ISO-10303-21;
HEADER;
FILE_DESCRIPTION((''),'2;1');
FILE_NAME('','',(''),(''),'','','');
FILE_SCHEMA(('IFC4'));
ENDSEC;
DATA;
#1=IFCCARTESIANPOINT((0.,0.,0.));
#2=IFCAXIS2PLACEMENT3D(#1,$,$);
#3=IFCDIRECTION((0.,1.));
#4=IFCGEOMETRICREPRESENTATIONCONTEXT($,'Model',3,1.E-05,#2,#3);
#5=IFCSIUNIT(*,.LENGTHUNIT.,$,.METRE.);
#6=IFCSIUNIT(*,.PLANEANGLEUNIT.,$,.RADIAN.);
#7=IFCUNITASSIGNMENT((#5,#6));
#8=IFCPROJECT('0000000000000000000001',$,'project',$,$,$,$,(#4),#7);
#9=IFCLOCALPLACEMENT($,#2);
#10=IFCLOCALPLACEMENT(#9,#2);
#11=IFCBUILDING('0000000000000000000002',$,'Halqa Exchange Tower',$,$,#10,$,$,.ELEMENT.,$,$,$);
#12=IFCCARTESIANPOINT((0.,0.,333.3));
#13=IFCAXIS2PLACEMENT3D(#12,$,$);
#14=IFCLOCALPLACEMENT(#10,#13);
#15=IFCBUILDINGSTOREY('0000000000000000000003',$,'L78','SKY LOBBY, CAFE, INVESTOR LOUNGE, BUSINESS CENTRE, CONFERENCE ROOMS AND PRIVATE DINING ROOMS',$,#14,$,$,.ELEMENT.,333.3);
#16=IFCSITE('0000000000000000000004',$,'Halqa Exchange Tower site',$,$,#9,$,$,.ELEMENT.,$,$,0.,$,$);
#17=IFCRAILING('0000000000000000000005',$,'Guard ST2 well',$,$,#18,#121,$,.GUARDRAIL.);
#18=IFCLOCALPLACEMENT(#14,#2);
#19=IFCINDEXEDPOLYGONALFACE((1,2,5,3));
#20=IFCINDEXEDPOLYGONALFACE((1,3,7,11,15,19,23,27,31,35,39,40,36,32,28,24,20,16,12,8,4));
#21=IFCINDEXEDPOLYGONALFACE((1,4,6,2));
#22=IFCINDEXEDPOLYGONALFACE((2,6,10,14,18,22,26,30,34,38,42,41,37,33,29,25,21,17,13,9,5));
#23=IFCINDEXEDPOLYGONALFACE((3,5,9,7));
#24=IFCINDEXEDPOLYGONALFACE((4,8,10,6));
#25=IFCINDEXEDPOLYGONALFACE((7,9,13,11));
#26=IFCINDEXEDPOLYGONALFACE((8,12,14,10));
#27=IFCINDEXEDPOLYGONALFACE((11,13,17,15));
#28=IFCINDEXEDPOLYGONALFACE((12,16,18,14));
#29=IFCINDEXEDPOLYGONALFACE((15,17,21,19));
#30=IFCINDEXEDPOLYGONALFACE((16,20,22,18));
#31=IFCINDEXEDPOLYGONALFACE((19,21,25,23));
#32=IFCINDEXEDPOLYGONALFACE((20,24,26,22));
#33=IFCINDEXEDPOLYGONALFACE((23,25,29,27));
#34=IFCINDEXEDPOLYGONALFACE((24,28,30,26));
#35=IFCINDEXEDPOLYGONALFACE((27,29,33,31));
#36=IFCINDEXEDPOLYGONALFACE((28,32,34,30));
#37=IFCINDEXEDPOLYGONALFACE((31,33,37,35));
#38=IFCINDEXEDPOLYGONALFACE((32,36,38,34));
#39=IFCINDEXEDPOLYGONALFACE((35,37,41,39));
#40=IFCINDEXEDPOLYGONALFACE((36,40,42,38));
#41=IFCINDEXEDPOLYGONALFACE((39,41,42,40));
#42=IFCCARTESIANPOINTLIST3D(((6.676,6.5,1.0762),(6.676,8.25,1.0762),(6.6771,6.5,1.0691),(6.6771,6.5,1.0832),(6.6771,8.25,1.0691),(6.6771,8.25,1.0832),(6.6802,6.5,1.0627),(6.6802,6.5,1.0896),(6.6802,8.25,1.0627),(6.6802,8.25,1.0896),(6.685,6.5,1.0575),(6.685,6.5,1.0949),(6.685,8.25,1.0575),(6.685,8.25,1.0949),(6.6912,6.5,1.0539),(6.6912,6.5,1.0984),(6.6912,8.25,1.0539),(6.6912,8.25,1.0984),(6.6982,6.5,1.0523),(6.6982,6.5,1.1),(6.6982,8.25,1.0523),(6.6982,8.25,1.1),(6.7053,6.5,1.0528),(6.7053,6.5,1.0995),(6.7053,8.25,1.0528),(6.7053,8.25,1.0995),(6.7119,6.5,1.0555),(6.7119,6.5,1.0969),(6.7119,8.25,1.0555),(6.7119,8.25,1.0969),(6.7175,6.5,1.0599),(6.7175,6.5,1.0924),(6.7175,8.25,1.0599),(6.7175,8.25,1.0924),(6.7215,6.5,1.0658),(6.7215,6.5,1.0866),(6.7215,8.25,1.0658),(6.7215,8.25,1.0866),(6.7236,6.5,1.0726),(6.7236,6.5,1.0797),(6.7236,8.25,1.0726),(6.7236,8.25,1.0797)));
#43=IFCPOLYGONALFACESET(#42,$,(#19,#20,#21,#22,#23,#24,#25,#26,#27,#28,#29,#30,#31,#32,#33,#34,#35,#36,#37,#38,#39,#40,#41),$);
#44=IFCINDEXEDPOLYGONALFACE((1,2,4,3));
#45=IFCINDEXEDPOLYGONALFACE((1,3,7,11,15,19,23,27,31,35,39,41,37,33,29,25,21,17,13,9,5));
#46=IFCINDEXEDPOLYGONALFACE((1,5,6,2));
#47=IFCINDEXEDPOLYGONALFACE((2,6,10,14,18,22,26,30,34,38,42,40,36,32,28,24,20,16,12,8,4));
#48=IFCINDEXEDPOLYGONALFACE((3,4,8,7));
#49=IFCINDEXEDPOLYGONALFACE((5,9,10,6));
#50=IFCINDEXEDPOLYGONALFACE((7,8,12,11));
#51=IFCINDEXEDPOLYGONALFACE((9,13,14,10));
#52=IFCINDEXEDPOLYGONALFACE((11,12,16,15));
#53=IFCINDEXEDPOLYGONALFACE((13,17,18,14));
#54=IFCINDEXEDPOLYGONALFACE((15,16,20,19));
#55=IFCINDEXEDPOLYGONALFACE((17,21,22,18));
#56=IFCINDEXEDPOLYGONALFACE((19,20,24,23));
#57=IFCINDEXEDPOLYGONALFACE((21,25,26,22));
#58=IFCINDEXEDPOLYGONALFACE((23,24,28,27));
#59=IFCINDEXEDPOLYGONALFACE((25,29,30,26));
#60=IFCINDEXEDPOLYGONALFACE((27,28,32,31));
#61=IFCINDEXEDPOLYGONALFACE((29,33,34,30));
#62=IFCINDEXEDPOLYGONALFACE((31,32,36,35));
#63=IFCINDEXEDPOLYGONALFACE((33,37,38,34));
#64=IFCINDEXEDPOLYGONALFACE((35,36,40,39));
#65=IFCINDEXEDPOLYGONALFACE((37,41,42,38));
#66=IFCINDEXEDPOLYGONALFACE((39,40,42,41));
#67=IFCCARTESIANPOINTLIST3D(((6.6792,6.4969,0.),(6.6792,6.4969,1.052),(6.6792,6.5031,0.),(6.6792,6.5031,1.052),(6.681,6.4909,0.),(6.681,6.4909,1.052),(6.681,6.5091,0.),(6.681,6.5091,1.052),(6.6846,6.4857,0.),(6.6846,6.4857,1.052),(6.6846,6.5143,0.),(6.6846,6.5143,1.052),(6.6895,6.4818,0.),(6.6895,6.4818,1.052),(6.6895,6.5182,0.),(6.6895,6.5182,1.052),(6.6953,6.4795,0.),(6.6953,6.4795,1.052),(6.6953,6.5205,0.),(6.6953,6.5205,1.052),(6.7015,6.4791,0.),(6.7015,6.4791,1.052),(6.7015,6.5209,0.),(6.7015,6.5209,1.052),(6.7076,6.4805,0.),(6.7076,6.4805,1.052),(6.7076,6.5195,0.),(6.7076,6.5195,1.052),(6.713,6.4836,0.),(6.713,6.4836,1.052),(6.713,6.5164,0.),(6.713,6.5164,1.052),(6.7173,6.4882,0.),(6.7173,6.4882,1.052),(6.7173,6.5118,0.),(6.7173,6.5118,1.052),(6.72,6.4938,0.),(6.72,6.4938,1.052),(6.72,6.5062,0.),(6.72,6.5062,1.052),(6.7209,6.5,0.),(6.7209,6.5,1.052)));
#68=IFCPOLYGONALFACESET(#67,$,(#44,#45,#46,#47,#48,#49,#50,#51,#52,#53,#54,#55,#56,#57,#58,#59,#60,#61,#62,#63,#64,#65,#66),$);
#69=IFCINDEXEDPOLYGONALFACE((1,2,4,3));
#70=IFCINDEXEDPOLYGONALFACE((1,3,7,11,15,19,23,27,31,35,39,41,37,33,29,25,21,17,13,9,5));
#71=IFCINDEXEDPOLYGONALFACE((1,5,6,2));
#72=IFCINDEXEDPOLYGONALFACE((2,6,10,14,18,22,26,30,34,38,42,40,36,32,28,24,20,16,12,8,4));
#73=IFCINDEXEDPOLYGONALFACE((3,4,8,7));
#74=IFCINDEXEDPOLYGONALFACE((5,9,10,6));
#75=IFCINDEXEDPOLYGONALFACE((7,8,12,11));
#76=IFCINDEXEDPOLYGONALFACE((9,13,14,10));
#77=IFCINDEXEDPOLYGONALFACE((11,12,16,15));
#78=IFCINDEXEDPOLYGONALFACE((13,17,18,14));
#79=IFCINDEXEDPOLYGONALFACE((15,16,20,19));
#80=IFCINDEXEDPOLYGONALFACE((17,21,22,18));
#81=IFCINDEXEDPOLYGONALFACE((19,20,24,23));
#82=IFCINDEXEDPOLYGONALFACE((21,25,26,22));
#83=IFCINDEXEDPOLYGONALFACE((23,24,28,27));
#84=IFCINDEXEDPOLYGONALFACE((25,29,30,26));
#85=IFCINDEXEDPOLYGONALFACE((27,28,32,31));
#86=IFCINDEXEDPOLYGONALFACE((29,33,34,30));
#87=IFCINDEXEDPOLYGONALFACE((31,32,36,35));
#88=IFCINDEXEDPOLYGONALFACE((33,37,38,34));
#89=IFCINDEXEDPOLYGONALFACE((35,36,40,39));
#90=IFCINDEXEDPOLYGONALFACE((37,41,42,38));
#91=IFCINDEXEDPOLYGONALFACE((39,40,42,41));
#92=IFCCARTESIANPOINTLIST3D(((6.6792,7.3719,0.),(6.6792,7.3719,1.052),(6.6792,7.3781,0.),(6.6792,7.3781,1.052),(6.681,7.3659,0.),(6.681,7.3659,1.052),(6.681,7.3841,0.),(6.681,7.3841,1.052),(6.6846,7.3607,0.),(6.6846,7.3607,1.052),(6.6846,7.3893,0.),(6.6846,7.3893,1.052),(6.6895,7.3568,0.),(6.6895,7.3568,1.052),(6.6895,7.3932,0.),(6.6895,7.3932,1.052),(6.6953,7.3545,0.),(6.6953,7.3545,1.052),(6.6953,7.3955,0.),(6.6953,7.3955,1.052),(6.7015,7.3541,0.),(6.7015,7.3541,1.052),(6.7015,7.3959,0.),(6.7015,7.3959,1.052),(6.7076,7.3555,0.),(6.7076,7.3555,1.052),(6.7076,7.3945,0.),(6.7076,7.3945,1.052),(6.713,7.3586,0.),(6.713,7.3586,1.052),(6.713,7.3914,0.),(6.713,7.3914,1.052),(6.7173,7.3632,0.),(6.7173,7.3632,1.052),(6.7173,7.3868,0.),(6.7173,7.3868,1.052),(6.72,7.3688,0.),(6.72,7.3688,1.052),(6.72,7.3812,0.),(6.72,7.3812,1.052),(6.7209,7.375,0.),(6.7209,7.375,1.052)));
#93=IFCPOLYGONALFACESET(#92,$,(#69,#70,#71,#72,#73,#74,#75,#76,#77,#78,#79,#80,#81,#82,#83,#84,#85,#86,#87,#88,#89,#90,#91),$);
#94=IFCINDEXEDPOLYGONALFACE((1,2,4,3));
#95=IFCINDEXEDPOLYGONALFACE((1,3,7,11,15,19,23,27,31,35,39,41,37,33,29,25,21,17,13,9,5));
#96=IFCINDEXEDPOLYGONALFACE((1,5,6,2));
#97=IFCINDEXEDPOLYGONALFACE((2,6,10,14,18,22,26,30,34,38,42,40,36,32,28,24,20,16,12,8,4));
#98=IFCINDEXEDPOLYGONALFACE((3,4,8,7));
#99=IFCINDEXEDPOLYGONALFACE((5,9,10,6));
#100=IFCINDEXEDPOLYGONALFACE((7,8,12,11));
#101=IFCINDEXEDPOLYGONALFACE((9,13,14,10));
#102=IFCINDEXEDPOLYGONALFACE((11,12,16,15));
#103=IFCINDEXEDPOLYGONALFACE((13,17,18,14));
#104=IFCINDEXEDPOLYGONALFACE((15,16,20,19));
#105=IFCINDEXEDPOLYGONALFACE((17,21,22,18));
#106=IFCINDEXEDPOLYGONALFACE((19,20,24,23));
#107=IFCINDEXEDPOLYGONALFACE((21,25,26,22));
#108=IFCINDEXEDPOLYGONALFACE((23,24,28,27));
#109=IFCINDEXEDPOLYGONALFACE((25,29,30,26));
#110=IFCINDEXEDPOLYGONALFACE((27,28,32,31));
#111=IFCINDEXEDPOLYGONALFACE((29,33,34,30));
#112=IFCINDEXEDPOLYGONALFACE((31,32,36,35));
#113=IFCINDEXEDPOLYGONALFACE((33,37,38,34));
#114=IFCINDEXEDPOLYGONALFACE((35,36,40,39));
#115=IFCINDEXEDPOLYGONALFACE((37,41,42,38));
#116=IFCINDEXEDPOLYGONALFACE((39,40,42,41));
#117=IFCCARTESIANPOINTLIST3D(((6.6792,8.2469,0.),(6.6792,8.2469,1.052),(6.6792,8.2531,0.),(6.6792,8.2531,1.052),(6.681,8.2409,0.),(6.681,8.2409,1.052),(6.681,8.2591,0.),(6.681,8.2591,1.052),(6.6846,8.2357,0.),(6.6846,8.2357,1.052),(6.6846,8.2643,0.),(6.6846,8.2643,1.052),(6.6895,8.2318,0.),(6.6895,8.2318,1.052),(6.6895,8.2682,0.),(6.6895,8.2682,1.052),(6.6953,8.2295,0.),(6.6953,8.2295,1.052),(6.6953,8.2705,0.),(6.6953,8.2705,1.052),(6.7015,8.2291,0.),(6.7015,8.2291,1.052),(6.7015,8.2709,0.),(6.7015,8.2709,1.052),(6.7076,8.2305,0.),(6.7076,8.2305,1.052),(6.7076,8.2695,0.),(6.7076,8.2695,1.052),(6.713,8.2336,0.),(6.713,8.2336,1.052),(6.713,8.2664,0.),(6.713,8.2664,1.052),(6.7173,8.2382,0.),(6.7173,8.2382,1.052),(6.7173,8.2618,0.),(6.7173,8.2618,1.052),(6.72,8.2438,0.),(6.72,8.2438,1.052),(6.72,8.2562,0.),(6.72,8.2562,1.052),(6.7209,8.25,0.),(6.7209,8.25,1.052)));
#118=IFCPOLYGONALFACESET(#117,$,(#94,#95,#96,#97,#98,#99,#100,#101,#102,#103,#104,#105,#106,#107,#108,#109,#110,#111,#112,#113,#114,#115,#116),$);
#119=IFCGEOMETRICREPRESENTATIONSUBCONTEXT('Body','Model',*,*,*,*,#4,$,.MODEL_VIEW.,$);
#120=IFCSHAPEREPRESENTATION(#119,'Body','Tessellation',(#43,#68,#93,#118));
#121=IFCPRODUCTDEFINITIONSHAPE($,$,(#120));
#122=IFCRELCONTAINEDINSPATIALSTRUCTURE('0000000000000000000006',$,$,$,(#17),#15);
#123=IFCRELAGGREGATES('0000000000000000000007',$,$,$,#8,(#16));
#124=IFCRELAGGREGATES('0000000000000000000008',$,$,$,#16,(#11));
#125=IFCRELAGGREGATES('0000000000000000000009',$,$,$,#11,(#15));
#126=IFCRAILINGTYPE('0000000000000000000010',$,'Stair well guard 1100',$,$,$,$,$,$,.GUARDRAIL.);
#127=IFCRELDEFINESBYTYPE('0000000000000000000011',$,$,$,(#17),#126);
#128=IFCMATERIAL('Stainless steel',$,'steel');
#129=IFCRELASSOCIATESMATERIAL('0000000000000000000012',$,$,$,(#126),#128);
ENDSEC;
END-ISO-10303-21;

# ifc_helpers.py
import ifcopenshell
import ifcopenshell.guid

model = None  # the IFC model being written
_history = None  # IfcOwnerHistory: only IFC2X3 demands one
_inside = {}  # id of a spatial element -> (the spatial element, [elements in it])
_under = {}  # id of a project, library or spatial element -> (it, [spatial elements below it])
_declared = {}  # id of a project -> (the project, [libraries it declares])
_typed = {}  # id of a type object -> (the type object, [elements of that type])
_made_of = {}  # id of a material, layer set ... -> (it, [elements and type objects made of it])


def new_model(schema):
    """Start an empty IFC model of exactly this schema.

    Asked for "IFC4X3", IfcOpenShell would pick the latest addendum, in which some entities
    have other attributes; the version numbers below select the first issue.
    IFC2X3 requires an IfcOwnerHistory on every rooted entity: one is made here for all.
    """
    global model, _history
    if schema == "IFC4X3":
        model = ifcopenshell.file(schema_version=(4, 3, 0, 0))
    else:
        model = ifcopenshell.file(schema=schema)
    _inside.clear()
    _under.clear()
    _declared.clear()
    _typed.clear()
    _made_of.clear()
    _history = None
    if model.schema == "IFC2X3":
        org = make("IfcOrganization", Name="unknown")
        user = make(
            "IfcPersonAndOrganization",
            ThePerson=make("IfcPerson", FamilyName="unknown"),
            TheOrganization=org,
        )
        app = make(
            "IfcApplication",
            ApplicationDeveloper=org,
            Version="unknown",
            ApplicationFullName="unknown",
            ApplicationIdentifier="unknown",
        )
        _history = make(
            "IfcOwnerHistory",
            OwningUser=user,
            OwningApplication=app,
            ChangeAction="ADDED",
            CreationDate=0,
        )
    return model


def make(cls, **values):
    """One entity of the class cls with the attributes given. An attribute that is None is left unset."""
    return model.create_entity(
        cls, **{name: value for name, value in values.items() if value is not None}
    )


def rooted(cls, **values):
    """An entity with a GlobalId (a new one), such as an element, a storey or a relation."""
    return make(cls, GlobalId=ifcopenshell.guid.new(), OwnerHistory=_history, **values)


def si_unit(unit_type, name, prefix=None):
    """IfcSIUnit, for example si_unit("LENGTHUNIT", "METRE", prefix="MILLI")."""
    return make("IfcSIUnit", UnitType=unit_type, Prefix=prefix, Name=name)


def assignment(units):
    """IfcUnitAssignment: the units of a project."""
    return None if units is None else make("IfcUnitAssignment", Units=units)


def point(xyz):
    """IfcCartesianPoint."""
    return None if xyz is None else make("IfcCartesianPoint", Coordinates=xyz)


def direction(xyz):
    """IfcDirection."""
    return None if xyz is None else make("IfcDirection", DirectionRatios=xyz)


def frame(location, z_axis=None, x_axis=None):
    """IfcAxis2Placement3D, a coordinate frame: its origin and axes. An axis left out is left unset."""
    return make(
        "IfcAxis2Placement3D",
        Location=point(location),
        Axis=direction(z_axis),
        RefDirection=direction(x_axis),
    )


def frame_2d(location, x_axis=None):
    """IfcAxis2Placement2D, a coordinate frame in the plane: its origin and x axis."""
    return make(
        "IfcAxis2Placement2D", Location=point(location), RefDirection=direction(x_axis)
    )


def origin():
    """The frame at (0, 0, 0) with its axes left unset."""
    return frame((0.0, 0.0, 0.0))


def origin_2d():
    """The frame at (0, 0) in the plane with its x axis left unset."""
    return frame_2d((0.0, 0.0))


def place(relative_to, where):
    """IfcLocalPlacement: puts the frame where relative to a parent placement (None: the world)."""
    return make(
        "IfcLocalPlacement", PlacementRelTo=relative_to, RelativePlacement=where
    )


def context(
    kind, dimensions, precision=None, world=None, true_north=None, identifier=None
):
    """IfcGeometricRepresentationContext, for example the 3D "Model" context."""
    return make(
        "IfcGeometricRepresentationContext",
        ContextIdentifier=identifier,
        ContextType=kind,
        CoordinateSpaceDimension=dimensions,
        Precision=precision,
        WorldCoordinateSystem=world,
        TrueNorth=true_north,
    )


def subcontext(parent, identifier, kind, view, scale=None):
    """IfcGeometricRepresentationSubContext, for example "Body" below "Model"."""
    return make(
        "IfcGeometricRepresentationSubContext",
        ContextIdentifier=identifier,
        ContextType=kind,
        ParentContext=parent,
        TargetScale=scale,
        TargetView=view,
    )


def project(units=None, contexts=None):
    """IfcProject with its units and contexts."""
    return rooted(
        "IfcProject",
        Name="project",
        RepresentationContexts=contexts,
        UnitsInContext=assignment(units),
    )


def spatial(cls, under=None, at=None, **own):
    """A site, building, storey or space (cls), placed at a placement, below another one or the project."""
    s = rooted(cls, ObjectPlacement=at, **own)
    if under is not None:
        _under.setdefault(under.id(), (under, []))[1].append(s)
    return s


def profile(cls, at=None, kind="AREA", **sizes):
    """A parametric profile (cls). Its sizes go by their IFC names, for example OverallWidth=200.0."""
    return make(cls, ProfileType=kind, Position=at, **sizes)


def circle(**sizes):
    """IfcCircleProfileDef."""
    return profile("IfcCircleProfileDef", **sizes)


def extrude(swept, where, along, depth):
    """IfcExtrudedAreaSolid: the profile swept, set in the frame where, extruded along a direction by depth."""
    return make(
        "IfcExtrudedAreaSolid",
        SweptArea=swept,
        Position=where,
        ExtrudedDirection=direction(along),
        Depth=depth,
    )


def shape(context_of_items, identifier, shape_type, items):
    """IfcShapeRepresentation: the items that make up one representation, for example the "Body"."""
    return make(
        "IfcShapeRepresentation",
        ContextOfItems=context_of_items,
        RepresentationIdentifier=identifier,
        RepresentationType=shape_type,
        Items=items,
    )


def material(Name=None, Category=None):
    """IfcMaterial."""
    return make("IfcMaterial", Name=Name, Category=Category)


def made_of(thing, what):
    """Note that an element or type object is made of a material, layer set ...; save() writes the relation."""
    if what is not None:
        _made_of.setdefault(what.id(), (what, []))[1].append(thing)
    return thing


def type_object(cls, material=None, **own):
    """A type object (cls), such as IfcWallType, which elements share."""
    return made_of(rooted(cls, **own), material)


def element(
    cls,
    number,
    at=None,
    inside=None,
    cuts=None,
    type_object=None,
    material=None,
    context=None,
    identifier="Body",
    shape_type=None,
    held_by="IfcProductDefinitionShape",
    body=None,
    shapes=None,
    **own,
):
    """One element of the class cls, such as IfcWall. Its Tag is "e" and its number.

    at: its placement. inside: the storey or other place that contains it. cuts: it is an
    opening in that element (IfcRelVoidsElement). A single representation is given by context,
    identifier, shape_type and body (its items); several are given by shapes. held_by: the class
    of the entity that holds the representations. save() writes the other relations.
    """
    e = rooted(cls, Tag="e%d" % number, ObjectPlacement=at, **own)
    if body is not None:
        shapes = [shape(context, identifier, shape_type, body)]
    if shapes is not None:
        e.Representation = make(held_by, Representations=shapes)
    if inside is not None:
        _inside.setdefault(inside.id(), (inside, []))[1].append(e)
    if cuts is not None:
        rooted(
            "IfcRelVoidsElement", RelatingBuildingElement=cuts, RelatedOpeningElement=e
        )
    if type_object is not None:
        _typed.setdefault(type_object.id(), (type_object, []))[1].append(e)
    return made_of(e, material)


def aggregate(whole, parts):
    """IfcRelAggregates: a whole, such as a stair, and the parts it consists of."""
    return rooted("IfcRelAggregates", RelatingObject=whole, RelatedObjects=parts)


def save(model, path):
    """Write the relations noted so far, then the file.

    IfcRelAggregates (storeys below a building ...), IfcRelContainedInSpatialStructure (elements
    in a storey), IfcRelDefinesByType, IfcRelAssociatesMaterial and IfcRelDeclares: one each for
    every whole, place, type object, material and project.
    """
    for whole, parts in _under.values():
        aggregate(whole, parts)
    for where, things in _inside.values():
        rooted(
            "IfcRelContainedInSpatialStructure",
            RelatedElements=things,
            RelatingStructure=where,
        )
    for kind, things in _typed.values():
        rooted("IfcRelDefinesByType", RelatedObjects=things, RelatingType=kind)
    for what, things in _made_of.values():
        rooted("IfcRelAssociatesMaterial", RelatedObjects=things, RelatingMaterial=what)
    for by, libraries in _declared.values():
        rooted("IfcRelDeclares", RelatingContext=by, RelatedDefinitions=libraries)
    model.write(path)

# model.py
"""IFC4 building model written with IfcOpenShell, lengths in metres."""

from ifc_helpers import new_model, si_unit, direction, frame, origin, origin_2d, place, context, subcontext, project, spatial, circle, extrude, material, type_object, element, save


model = new_model("IFC4")

# Units and contexts
model_context = context("Model", 3, precision=1e-05, world=origin(), true_north=direction((0.0, 1.0)))
body_context = subcontext(model_context, "Body", "Model", "MODEL_VIEW")
ifc_project = project(units=[si_unit("LENGTHUNIT", "METRE"), si_unit("PLANEANGLEUNIT", "RADIAN")], contexts=[model_context])

# Site, building, storey
site_placement = place(None, origin())
site = spatial("IfcSite", under=ifc_project, at=site_placement, Name="Halqa Exchange Tower site", CompositionType="ELEMENT", RefElevation=0.0)
building_placement = place(site_placement, origin())
building = spatial("IfcBuilding", under=site, at=building_placement, Name="Halqa Exchange Tower", CompositionType="ELEMENT")
storey_placement = place(building_placement, frame((0.0, 0.0, 333.3)))
storey = spatial("IfcBuildingStorey", under=building, at=storey_placement, Name="L78", Description="SKY LOBBY, CAFE, INVESTOR LOUNGE, BUSINESS CENTRE, CONFERENCE ROOMS AND PRIVATE DINING ROOMS", CompositionType="ELEMENT", Elevation=333.3)

# Railing
ifc_material_1 = material(Name="Stainless steel", Category="steel")
railing_type_1 = type_object("IfcRailingType", Name="Stair well guard 1100", PredefinedType="GUARDRAIL", material=ifc_material_1)
railing_1_placement = place(storey_placement, frame((6.7, 6.5, 0.0)))
element("IfcRailing", 1, at=railing_1_placement, inside=storey, type_object=railing_type_1, Name="Guard ST2 well", PredefinedType="GUARDRAIL", context=body_context, shape_type="SweptSolid", body=[
    extrude(circle(Radius=0.0239, at=origin_2d()), frame((0.0, 0.0, 1.0762), z_axis=(0.0, 1.0, 0.0), x_axis=(-1.0, 0.0, 0.0)), (0.0, 0.0, 1.0), 1.75),
    extrude(circle(Radius=0.021, at=origin_2d()), origin(), (0.0, 0.0, 1.0), 1.052),
    extrude(circle(Radius=0.021, at=origin_2d()), frame((0.0, 0.875, 0.0)), (0.0, 0.0, 1.0), 1.052),
    extrude(circle(Radius=0.021, at=origin_2d()), frame((0.0, 1.75, 0.0)), (0.0, 0.0, 1.0), 1.052),
])

save(model, "model.ifc")
